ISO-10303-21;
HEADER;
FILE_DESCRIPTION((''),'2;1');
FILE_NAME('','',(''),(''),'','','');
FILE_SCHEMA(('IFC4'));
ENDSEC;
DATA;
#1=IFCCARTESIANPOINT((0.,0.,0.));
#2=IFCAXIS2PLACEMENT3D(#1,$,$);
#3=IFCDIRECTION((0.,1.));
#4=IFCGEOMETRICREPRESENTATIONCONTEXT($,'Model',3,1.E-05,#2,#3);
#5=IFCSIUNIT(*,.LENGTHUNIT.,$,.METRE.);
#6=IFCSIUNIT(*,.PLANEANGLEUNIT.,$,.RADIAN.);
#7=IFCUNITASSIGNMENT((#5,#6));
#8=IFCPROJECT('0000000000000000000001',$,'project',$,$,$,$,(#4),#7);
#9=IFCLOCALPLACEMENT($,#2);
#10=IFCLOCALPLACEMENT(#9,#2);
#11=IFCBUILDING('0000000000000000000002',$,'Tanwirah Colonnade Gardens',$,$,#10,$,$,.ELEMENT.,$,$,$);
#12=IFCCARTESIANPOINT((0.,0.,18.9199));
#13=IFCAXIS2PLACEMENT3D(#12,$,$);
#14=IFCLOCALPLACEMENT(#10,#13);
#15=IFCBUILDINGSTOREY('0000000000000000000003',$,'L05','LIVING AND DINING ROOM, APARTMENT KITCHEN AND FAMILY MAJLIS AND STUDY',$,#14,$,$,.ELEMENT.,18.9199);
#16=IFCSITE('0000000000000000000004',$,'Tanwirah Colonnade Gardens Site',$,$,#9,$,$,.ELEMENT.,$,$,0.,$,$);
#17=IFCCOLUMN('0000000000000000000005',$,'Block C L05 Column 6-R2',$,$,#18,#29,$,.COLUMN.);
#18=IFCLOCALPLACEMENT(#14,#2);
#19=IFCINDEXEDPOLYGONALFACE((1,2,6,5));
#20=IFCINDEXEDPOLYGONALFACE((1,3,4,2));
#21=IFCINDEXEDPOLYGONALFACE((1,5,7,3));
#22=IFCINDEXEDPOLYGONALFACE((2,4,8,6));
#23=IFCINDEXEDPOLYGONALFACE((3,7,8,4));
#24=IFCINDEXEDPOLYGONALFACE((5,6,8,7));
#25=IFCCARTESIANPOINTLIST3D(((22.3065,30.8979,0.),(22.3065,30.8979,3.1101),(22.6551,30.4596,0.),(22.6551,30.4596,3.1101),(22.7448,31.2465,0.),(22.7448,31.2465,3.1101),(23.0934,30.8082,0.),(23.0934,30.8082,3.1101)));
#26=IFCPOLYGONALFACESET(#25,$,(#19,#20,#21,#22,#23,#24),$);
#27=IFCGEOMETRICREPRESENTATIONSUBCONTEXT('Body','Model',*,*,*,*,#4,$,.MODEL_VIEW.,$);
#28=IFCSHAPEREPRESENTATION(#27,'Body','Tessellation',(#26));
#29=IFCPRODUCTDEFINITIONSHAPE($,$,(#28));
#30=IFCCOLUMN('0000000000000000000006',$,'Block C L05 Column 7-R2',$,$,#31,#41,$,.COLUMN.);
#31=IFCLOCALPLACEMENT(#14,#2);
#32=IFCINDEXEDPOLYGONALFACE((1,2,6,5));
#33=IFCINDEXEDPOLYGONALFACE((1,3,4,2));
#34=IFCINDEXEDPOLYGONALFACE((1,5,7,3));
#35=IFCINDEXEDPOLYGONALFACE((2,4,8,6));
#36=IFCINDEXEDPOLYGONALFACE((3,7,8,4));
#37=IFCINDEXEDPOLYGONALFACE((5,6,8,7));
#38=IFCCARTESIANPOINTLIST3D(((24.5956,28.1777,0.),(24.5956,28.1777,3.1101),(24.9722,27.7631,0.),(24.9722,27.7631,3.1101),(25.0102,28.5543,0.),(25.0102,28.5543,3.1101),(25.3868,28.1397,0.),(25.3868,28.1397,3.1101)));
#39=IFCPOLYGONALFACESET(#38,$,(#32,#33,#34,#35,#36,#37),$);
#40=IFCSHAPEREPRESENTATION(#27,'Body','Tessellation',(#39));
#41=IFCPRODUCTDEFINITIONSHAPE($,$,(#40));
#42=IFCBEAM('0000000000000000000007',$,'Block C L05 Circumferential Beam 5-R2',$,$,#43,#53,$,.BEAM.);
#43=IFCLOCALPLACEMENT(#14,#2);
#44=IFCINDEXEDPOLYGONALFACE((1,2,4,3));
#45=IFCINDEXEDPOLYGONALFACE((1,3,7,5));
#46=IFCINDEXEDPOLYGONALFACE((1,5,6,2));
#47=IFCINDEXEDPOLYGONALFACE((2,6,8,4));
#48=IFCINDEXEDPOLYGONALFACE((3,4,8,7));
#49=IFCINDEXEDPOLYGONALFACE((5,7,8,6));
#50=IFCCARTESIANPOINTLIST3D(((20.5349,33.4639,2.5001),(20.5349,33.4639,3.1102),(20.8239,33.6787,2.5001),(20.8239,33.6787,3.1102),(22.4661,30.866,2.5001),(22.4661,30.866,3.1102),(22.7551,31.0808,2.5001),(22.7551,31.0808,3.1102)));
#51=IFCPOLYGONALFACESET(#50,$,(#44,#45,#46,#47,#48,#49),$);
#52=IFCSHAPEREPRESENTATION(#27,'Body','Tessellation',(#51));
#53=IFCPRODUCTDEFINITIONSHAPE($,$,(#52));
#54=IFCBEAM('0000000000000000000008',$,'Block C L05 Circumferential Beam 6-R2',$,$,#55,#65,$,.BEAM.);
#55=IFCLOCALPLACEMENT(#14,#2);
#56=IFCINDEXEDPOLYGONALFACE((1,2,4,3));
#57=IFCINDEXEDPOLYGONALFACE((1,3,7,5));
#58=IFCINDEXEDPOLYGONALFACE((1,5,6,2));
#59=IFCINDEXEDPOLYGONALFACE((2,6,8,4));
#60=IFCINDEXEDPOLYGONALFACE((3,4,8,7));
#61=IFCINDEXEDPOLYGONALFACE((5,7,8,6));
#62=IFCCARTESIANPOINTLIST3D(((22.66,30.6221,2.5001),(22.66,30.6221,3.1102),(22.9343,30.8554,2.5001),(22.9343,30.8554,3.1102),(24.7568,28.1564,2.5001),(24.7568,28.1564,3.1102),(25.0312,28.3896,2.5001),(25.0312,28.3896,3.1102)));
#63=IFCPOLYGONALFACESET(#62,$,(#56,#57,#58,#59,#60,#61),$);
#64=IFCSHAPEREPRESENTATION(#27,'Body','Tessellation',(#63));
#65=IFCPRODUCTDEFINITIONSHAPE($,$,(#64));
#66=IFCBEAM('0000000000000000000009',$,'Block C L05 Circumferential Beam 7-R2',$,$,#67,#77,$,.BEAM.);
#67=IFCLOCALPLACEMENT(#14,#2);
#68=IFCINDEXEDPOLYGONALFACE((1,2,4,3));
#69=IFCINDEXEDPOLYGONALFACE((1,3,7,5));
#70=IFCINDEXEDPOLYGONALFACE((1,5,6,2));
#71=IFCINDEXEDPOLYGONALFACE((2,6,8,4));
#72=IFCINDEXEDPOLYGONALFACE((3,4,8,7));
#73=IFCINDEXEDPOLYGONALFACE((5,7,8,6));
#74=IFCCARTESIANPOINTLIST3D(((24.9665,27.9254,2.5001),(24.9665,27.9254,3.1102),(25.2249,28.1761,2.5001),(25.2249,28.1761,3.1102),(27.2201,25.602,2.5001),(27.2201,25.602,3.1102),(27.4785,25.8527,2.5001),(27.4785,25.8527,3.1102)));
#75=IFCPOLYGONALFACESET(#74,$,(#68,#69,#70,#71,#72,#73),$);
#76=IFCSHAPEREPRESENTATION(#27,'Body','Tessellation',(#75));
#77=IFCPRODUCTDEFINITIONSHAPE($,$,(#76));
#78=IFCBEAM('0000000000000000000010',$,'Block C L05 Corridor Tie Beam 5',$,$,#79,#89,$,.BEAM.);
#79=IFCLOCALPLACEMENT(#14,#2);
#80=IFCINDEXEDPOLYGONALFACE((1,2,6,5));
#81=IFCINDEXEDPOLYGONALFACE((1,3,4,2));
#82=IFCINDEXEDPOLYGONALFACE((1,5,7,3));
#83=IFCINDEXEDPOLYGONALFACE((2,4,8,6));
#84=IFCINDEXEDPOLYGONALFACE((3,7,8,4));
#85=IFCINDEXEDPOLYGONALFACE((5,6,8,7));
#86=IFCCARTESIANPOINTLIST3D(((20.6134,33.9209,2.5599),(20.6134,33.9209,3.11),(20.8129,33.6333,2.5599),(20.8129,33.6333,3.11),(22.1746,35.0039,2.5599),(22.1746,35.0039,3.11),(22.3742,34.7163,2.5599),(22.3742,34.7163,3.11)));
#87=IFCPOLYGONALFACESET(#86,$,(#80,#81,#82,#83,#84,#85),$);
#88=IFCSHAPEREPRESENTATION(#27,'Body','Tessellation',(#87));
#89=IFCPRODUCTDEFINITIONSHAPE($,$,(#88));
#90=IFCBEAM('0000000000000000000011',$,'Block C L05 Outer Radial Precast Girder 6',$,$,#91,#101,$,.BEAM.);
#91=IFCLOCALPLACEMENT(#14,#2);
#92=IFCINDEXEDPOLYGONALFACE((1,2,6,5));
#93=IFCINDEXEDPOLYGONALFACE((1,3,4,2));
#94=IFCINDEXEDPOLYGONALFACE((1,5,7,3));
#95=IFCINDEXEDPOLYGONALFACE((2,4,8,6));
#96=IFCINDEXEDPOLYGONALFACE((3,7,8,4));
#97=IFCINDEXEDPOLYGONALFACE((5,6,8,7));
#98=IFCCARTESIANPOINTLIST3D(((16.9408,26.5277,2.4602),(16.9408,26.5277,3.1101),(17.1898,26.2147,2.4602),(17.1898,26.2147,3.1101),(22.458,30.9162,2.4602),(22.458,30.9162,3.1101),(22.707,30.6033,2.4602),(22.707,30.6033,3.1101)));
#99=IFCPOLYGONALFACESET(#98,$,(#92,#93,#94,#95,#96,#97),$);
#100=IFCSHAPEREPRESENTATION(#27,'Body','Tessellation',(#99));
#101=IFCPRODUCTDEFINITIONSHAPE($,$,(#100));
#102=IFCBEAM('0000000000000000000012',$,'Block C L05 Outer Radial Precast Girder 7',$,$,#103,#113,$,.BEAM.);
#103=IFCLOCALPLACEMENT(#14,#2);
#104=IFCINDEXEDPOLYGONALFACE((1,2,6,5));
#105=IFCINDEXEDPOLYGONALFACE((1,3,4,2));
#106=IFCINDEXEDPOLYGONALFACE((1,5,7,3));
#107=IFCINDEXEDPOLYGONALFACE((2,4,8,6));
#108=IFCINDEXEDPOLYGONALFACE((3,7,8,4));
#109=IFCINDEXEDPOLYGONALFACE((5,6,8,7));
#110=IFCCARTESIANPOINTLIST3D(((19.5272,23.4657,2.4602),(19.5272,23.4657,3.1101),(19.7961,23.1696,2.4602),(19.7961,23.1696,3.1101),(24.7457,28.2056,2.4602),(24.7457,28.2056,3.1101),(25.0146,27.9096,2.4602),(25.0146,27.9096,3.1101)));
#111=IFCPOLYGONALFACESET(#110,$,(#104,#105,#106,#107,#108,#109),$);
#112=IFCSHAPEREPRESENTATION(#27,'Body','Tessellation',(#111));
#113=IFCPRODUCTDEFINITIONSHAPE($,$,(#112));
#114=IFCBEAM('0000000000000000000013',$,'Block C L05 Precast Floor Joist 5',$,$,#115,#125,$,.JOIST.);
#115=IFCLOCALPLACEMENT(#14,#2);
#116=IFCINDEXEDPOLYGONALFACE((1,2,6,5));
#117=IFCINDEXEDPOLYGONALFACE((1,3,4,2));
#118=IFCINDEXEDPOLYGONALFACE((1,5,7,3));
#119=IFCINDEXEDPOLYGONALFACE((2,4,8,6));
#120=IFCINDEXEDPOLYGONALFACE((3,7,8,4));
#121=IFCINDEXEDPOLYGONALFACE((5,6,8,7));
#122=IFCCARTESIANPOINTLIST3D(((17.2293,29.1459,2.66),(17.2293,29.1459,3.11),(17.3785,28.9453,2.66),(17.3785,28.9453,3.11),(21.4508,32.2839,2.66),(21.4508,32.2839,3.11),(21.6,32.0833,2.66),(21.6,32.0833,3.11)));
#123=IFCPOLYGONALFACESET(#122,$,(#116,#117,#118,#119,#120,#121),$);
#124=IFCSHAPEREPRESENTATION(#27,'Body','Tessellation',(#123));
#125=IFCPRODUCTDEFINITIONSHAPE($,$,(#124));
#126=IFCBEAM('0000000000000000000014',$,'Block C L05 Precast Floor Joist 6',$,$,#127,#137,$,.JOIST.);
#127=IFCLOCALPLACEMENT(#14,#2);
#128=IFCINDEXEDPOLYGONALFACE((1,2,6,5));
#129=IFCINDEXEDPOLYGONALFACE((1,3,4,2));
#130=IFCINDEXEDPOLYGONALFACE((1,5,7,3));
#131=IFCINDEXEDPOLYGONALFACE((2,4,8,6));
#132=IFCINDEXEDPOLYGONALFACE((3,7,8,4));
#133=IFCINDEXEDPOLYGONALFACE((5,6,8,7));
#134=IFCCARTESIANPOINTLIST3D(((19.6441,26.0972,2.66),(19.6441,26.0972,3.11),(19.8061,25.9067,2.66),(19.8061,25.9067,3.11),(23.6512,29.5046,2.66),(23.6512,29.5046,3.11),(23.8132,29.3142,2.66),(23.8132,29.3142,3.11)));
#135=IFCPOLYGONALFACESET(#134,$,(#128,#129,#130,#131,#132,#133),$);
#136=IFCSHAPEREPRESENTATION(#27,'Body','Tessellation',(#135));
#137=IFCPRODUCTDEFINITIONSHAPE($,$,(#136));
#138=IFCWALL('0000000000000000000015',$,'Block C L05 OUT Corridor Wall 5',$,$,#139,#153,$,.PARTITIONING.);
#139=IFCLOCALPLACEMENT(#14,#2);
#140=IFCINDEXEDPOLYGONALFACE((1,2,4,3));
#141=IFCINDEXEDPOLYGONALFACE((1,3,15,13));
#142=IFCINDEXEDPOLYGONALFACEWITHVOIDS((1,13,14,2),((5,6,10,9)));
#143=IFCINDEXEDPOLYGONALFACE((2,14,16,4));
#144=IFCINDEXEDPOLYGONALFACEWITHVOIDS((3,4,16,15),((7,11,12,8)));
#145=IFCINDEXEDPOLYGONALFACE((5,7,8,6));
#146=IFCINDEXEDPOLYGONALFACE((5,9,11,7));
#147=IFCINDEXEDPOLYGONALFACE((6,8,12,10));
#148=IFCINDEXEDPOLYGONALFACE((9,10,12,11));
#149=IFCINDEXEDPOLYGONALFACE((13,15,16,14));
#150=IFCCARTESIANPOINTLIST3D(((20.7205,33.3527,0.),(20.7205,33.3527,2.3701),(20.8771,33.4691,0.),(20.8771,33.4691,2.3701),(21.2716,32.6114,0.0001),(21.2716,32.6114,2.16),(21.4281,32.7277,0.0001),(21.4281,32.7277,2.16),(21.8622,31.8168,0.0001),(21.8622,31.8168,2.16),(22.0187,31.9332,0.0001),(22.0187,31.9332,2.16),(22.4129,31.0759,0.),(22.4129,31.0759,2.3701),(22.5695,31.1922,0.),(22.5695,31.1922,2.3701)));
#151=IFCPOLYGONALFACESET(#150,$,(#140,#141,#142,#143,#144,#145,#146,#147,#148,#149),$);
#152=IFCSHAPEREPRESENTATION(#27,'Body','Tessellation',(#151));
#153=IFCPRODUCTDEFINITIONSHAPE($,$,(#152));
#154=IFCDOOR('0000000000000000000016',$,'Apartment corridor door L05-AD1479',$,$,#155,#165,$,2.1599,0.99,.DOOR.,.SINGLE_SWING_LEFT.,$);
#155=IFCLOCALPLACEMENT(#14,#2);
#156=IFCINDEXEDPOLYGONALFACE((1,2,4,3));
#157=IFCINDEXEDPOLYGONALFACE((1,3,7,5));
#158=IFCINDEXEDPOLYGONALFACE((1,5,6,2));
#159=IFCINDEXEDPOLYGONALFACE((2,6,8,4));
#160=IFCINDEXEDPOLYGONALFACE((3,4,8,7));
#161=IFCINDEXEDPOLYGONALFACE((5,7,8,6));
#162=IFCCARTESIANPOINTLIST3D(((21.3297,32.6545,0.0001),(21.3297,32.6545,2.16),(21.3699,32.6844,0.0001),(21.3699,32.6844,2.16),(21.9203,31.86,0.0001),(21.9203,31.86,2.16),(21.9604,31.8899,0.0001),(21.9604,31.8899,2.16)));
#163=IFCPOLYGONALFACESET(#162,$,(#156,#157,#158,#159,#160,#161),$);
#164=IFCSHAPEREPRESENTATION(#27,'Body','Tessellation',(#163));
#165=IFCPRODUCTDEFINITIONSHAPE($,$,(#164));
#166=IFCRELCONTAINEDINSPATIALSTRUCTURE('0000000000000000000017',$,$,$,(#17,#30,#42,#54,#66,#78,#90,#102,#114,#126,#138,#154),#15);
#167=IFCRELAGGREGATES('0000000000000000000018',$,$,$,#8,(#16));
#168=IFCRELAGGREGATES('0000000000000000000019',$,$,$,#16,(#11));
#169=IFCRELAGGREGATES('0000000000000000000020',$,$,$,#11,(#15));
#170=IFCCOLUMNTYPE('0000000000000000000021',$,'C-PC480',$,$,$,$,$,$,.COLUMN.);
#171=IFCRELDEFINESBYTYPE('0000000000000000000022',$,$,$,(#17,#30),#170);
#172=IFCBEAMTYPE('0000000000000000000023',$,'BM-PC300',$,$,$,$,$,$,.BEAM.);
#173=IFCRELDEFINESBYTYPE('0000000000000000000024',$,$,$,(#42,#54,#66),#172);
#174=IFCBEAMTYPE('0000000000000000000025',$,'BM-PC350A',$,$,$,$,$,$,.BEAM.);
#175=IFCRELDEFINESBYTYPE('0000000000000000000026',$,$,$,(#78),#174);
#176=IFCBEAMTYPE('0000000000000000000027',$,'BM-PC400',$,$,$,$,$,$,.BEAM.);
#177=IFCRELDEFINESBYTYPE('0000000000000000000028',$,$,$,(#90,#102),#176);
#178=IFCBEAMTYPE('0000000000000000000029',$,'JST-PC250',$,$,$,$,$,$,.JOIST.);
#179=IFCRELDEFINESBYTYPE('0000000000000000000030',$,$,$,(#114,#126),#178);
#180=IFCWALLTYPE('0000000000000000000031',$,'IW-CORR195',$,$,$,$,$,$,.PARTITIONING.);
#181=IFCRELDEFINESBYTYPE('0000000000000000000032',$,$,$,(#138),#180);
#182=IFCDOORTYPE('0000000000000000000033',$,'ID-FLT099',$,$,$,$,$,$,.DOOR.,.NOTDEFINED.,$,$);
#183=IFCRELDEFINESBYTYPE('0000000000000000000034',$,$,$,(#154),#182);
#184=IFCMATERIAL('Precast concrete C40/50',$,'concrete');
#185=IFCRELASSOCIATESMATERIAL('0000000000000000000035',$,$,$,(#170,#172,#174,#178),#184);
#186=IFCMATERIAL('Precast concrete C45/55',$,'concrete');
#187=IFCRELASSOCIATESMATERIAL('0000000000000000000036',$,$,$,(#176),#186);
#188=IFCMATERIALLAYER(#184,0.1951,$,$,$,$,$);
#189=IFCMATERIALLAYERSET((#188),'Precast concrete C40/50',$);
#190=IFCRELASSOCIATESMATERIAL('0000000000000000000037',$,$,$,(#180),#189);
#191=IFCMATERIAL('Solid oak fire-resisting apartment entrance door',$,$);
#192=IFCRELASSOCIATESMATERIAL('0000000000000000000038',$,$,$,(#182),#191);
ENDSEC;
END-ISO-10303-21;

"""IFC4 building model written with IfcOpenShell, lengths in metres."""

from ifc_helpers import new_model, si_unit, direction, frame, frame_2d, origin, origin_2d, place, context, subcontext, project, spatial, rectangle, extrude, material, layer, layer_set, material_profile, profile_set, type_object, element, fill, save


model = new_model("IFC4")

# Units and contexts
model_context = context("Model", 3, precision=1e-05, world=origin(), true_north=direction((0.0, 1.0)))
body_context = subcontext(model_context, "Body", "Model", "MODEL_VIEW")
ifc_project = project(units=[si_unit("LENGTHUNIT", "METRE"), si_unit("PLANEANGLEUNIT", "RADIAN")], contexts=[model_context])

# Site, building, storey
site_placement = place(None, origin())
site = spatial("IfcSite", under=ifc_project, at=site_placement, Name="Tanwirah Colonnade Gardens Site", CompositionType="ELEMENT", RefElevation=0.0)
building_placement = place(site_placement, origin())
building = spatial("IfcBuilding", under=site, at=building_placement, Name="Tanwirah Colonnade Gardens", CompositionType="ELEMENT")
storey_placement = place(building_placement, frame((0.0, 0.0, 18.9199)))
storey = spatial("IfcBuildingStorey", under=building, at=storey_placement, Name="L05", Description="LIVING AND DINING ROOM, APARTMENT KITCHEN AND FAMILY MAJLIS AND STUDY", CompositionType="ELEMENT", Elevation=18.9199)

# Columns
ifc_material_1 = material(Name="Precast concrete C40/50", Category="concrete")
ifc_material_profile_1 = material_profile(ifc_material_1, rectangle(XDim=0.5601, YDim=0.5601, at=origin_2d()), Name="PC-COL 560x560")
ifc_profile_set_1 = profile_set([ifc_material_profile_1], Name="Precast concrete C40/50")
column_type = type_object("IfcColumnType", Name="C-PC480", PredefinedType="COLUMN", material=ifc_profile_set_1)
for number, where, z_axis, x_axis, name in (
    (1, (22.7, 30.853, 0.0), (0.0, 0.0, 1.0), (-0.782608, -0.622515, 0.0), "Block C L05 Column 6-R2"),
    (2, (24.9912, 28.1587, 0.0), (0.0, 0.0, 1.0), (-0.740218, -0.672367, 0.0), "Block C L05 Column 7-R2"),
):
    element("IfcColumn", number, at=place(storey_placement, frame(where, z_axis=z_axis, x_axis=x_axis)), inside=storey, type_object=column_type, Name=name, PredefinedType="COLUMN", context=body_context, shape_type="SweptSolid", body=[
        extrude(rectangle(XDim=0.5601, YDim=0.5601, at=origin_2d()), origin(), (0.0, 0.0, 1.0), 3.1101),
    ])

# Beams
ifc_material_profile_2 = material_profile(ifc_material_1, rectangle(XDim=0.3601, YDim=0.6101, at=origin_2d()), Name="PC-BM 360x610")
ifc_profile_set_2 = profile_set([ifc_material_profile_2], Name="Precast concrete C40/50")
beam_type_1 = type_object("IfcBeamType", Name="BM-PC300", PredefinedType="BEAM", material=ifc_profile_set_2)
beam_1_placement = place(storey_placement, frame((20.6794, 33.5713, 2.8052), z_axis=(0.596579, -0.802554, 0.0), x_axis=(0.802554, 0.596579, 0.0)))
element("IfcBeam", 3, at=beam_1_placement, inside=storey, type_object=beam_type_1, Name="Block C L05 Circumferential Beam 5-R2", PredefinedType="BEAM", context=body_context, shape_type="SweptSolid", body=[
    extrude(rectangle(XDim=0.3601, YDim=0.6101, at=origin_2d()), origin(), (0.0, 0.0, 1.0), 3.2371),
])
for number, where, z_axis, x_axis, name in (
    (4, (22.7971, 30.7388, 2.8052), (0.647824, -0.76179, 0.0), (0.76179, 0.647824, 0.0), "Block C L05 Circumferential Beam 6-R2"),
    (5, (25.0957, 28.0508, 2.8052), (0.696239, -0.71781, 0.0), (0.71781, 0.696239, 0.0), "Block C L05 Circumferential Beam 7-R2"),
):
    element("IfcBeam", number, at=place(storey_placement, frame(where, z_axis=z_axis, x_axis=x_axis)), inside=storey, type_object=beam_type_1, Name=name, PredefinedType="BEAM", context=body_context, shape_type="SweptSolid", body=[
        extrude(rectangle(XDim=0.3601, YDim=0.6101, at=origin_2d()), origin(), (0.0, 0.0, 1.0), 3.2368),
    ])
ifc_material_profile_3 = material_profile(ifc_material_1, rectangle(XDim=0.3501, YDim=0.55, at=origin_2d()), Name="PC-BM 350x550")
ifc_profile_set_3 = profile_set([ifc_material_profile_3], Name="Precast concrete C40/50")
beam_type_2 = type_object("IfcBeamType", Name="BM-PC350A", PredefinedType="BEAM", material=ifc_profile_set_3)
beam_2_placement = place(storey_placement, frame((22.2744, 34.8601, 2.835), z_axis=(-0.821669, -0.569965, 0.0), x_axis=(0.569965, -0.821669, 0.0)))
element("IfcBeam", 6, at=beam_2_placement, inside=storey, type_object=beam_type_2, Name="Block C L05 Corridor Tie Beam 5", PredefinedType="BEAM", context=body_context, shape_type="SweptSolid", body=[
    extrude(rectangle(XDim=0.3501, YDim=0.55, at=origin_2d()), origin(), (0.0, 0.0, 1.0), 1.9001),
])
ifc_material_2 = material(Name="Precast concrete C45/55", Category="concrete")
ifc_material_profile_4 = material_profile(ifc_material_2, rectangle(XDim=0.3999, YDim=0.6499, at=origin_2d()), Name="PC-BM 400x650")
ifc_profile_set_4 = profile_set([ifc_material_profile_4], Name="Precast concrete C45/55")
beam_type_3 = type_object("IfcBeamType", Name="BM-PC400", PredefinedType="BEAM", material=ifc_profile_set_4)
for number, where, z_axis, x_axis, name in (
    (7, (22.5825, 30.7598, 2.7852), (-0.782609, -0.622513, 0.0), (0.622513, -0.782609, 0.0), "Block C L05 Outer Radial Precast Girder 6"),
    (8, (24.8801, 28.0576, 2.7852), (-0.74023, -0.672354, 0.0), (0.672354, -0.74023, 0.0), "Block C L05 Outer Radial Precast Girder 7"),
):
    element("IfcBeam", number, at=place(storey_placement, frame(where, z_axis=z_axis, x_axis=x_axis)), inside=storey, type_object=beam_type_3, Name=name, PredefinedType="BEAM", context=body_context, shape_type="SweptSolid", body=[
        extrude(rectangle(XDim=0.3999, YDim=0.6499, at=origin_2d()), origin(), (0.0, 0.0, 1.0), 7.0498),
    ])
ifc_material_profile_5 = material_profile(ifc_material_1, rectangle(XDim=0.25, YDim=0.45, at=origin_2d()), Name="PC-JST 250x450")
ifc_profile_set_5 = profile_set([ifc_material_profile_5], Name="Precast concrete C40/50")
beam_type_4 = type_object("IfcBeamType", Name="JST-PC250", PredefinedType="JOIST", material=ifc_profile_set_5)
for number, where, z_axis, x_axis, name in (
    (9, (21.5254, 32.1836, 2.885), (-0.80256, -0.596571, 0.0), (0.596571, -0.80256, 0.0), "Block C L05 Precast Floor Joist 5"),
    (10, (23.7322, 29.4094, 2.885), (-0.761803, -0.647809, 0.0), (0.647809, -0.761803, 0.0), "Block C L05 Precast Floor Joist 6"),
):
    element("IfcBeam", number, at=place(storey_placement, frame(where, z_axis=z_axis, x_axis=x_axis)), inside=storey, type_object=beam_type_4, Name=name, PredefinedType="JOIST", context=body_context, shape_type="SweptSolid", body=[
        extrude(rectangle(XDim=0.25, YDim=0.45, at=origin_2d()), origin(), (0.0, 0.0, 1.0), 5.26),
    ])

# Wall, opening, door
ifc_layer_1 = layer(ifc_material_1, 0.1951)
ifc_layer_set_1 = layer_set([ifc_layer_1], Name="Precast concrete C40/50")
wall_type_1 = type_object("IfcWallType", Name="IW-CORR195", PredefinedType="PARTITIONING", material=ifc_layer_set_1)
wall_1_placement = place(storey_placement, frame((20.7988, 33.4109, 0.0), z_axis=(0.0, 0.0, 1.0), x_axis=(0.596552, -0.802574, 0.0)))
wall_1 = element("IfcWall", 11, at=wall_1_placement, inside=storey, type_object=wall_type_1, Name="Block C L05 OUT Corridor Wall 5", PredefinedType="PARTITIONING", context=body_context, shape_type="SweptSolid", body=[
    extrude(rectangle(XDim=2.8369, YDim=0.1951, at=frame_2d((1.4185, 0.0))), origin(), (0.0, 0.0, 1.0), 2.3701),
])
opening_1_placement = place(wall_1_placement, frame((0.9236, 0.0, 0.0)))
opening_1 = element("IfcOpeningElement", 12, at=opening_1_placement, cuts=wall_1, PredefinedType="OPENING", context=body_context, shape_type="SweptSolid", body=[
    extrude(rectangle(XDim=0.99, YDim=2.1599, at=frame_2d((0.4951, 1.0801))), frame((0.0, 0.1074, 0.0), z_axis=(0.0, -1.0, 0.0), x_axis=(1.0, 0.0, 0.0)), (0.0, 0.0, 1.0), 0.2151),
])
ifc_material_3 = material(Name="Solid oak fire-resisting apartment entrance door")
door_type_1 = type_object("IfcDoorType", Name="ID-FLT099", OperationType="NOTDEFINED", PredefinedType="DOOR", material=ifc_material_3)
door_1_placement = place(opening_1_placement, origin())
door_1 = element("IfcDoor", 13, at=door_1_placement, inside=storey, type_object=door_type_1, Name="Apartment corridor door L05-AD1479", OperationType="SINGLE_SWING_LEFT", OverallHeight=2.1599, OverallWidth=0.99, PredefinedType="DOOR", context=body_context, shape_type="SweptSolid", body=[
    extrude(rectangle(XDim=0.99, YDim=2.1599, at=frame_2d((0.4951, 1.0801))), frame((0.0, 0.0249, 0.0), z_axis=(0.0, -1.0, 0.0), x_axis=(1.0, 0.0, 0.0)), (0.0, 0.0, 1.0), 0.05),
])
fill(opening_1, door_1)

save(model, "model.ifc")
